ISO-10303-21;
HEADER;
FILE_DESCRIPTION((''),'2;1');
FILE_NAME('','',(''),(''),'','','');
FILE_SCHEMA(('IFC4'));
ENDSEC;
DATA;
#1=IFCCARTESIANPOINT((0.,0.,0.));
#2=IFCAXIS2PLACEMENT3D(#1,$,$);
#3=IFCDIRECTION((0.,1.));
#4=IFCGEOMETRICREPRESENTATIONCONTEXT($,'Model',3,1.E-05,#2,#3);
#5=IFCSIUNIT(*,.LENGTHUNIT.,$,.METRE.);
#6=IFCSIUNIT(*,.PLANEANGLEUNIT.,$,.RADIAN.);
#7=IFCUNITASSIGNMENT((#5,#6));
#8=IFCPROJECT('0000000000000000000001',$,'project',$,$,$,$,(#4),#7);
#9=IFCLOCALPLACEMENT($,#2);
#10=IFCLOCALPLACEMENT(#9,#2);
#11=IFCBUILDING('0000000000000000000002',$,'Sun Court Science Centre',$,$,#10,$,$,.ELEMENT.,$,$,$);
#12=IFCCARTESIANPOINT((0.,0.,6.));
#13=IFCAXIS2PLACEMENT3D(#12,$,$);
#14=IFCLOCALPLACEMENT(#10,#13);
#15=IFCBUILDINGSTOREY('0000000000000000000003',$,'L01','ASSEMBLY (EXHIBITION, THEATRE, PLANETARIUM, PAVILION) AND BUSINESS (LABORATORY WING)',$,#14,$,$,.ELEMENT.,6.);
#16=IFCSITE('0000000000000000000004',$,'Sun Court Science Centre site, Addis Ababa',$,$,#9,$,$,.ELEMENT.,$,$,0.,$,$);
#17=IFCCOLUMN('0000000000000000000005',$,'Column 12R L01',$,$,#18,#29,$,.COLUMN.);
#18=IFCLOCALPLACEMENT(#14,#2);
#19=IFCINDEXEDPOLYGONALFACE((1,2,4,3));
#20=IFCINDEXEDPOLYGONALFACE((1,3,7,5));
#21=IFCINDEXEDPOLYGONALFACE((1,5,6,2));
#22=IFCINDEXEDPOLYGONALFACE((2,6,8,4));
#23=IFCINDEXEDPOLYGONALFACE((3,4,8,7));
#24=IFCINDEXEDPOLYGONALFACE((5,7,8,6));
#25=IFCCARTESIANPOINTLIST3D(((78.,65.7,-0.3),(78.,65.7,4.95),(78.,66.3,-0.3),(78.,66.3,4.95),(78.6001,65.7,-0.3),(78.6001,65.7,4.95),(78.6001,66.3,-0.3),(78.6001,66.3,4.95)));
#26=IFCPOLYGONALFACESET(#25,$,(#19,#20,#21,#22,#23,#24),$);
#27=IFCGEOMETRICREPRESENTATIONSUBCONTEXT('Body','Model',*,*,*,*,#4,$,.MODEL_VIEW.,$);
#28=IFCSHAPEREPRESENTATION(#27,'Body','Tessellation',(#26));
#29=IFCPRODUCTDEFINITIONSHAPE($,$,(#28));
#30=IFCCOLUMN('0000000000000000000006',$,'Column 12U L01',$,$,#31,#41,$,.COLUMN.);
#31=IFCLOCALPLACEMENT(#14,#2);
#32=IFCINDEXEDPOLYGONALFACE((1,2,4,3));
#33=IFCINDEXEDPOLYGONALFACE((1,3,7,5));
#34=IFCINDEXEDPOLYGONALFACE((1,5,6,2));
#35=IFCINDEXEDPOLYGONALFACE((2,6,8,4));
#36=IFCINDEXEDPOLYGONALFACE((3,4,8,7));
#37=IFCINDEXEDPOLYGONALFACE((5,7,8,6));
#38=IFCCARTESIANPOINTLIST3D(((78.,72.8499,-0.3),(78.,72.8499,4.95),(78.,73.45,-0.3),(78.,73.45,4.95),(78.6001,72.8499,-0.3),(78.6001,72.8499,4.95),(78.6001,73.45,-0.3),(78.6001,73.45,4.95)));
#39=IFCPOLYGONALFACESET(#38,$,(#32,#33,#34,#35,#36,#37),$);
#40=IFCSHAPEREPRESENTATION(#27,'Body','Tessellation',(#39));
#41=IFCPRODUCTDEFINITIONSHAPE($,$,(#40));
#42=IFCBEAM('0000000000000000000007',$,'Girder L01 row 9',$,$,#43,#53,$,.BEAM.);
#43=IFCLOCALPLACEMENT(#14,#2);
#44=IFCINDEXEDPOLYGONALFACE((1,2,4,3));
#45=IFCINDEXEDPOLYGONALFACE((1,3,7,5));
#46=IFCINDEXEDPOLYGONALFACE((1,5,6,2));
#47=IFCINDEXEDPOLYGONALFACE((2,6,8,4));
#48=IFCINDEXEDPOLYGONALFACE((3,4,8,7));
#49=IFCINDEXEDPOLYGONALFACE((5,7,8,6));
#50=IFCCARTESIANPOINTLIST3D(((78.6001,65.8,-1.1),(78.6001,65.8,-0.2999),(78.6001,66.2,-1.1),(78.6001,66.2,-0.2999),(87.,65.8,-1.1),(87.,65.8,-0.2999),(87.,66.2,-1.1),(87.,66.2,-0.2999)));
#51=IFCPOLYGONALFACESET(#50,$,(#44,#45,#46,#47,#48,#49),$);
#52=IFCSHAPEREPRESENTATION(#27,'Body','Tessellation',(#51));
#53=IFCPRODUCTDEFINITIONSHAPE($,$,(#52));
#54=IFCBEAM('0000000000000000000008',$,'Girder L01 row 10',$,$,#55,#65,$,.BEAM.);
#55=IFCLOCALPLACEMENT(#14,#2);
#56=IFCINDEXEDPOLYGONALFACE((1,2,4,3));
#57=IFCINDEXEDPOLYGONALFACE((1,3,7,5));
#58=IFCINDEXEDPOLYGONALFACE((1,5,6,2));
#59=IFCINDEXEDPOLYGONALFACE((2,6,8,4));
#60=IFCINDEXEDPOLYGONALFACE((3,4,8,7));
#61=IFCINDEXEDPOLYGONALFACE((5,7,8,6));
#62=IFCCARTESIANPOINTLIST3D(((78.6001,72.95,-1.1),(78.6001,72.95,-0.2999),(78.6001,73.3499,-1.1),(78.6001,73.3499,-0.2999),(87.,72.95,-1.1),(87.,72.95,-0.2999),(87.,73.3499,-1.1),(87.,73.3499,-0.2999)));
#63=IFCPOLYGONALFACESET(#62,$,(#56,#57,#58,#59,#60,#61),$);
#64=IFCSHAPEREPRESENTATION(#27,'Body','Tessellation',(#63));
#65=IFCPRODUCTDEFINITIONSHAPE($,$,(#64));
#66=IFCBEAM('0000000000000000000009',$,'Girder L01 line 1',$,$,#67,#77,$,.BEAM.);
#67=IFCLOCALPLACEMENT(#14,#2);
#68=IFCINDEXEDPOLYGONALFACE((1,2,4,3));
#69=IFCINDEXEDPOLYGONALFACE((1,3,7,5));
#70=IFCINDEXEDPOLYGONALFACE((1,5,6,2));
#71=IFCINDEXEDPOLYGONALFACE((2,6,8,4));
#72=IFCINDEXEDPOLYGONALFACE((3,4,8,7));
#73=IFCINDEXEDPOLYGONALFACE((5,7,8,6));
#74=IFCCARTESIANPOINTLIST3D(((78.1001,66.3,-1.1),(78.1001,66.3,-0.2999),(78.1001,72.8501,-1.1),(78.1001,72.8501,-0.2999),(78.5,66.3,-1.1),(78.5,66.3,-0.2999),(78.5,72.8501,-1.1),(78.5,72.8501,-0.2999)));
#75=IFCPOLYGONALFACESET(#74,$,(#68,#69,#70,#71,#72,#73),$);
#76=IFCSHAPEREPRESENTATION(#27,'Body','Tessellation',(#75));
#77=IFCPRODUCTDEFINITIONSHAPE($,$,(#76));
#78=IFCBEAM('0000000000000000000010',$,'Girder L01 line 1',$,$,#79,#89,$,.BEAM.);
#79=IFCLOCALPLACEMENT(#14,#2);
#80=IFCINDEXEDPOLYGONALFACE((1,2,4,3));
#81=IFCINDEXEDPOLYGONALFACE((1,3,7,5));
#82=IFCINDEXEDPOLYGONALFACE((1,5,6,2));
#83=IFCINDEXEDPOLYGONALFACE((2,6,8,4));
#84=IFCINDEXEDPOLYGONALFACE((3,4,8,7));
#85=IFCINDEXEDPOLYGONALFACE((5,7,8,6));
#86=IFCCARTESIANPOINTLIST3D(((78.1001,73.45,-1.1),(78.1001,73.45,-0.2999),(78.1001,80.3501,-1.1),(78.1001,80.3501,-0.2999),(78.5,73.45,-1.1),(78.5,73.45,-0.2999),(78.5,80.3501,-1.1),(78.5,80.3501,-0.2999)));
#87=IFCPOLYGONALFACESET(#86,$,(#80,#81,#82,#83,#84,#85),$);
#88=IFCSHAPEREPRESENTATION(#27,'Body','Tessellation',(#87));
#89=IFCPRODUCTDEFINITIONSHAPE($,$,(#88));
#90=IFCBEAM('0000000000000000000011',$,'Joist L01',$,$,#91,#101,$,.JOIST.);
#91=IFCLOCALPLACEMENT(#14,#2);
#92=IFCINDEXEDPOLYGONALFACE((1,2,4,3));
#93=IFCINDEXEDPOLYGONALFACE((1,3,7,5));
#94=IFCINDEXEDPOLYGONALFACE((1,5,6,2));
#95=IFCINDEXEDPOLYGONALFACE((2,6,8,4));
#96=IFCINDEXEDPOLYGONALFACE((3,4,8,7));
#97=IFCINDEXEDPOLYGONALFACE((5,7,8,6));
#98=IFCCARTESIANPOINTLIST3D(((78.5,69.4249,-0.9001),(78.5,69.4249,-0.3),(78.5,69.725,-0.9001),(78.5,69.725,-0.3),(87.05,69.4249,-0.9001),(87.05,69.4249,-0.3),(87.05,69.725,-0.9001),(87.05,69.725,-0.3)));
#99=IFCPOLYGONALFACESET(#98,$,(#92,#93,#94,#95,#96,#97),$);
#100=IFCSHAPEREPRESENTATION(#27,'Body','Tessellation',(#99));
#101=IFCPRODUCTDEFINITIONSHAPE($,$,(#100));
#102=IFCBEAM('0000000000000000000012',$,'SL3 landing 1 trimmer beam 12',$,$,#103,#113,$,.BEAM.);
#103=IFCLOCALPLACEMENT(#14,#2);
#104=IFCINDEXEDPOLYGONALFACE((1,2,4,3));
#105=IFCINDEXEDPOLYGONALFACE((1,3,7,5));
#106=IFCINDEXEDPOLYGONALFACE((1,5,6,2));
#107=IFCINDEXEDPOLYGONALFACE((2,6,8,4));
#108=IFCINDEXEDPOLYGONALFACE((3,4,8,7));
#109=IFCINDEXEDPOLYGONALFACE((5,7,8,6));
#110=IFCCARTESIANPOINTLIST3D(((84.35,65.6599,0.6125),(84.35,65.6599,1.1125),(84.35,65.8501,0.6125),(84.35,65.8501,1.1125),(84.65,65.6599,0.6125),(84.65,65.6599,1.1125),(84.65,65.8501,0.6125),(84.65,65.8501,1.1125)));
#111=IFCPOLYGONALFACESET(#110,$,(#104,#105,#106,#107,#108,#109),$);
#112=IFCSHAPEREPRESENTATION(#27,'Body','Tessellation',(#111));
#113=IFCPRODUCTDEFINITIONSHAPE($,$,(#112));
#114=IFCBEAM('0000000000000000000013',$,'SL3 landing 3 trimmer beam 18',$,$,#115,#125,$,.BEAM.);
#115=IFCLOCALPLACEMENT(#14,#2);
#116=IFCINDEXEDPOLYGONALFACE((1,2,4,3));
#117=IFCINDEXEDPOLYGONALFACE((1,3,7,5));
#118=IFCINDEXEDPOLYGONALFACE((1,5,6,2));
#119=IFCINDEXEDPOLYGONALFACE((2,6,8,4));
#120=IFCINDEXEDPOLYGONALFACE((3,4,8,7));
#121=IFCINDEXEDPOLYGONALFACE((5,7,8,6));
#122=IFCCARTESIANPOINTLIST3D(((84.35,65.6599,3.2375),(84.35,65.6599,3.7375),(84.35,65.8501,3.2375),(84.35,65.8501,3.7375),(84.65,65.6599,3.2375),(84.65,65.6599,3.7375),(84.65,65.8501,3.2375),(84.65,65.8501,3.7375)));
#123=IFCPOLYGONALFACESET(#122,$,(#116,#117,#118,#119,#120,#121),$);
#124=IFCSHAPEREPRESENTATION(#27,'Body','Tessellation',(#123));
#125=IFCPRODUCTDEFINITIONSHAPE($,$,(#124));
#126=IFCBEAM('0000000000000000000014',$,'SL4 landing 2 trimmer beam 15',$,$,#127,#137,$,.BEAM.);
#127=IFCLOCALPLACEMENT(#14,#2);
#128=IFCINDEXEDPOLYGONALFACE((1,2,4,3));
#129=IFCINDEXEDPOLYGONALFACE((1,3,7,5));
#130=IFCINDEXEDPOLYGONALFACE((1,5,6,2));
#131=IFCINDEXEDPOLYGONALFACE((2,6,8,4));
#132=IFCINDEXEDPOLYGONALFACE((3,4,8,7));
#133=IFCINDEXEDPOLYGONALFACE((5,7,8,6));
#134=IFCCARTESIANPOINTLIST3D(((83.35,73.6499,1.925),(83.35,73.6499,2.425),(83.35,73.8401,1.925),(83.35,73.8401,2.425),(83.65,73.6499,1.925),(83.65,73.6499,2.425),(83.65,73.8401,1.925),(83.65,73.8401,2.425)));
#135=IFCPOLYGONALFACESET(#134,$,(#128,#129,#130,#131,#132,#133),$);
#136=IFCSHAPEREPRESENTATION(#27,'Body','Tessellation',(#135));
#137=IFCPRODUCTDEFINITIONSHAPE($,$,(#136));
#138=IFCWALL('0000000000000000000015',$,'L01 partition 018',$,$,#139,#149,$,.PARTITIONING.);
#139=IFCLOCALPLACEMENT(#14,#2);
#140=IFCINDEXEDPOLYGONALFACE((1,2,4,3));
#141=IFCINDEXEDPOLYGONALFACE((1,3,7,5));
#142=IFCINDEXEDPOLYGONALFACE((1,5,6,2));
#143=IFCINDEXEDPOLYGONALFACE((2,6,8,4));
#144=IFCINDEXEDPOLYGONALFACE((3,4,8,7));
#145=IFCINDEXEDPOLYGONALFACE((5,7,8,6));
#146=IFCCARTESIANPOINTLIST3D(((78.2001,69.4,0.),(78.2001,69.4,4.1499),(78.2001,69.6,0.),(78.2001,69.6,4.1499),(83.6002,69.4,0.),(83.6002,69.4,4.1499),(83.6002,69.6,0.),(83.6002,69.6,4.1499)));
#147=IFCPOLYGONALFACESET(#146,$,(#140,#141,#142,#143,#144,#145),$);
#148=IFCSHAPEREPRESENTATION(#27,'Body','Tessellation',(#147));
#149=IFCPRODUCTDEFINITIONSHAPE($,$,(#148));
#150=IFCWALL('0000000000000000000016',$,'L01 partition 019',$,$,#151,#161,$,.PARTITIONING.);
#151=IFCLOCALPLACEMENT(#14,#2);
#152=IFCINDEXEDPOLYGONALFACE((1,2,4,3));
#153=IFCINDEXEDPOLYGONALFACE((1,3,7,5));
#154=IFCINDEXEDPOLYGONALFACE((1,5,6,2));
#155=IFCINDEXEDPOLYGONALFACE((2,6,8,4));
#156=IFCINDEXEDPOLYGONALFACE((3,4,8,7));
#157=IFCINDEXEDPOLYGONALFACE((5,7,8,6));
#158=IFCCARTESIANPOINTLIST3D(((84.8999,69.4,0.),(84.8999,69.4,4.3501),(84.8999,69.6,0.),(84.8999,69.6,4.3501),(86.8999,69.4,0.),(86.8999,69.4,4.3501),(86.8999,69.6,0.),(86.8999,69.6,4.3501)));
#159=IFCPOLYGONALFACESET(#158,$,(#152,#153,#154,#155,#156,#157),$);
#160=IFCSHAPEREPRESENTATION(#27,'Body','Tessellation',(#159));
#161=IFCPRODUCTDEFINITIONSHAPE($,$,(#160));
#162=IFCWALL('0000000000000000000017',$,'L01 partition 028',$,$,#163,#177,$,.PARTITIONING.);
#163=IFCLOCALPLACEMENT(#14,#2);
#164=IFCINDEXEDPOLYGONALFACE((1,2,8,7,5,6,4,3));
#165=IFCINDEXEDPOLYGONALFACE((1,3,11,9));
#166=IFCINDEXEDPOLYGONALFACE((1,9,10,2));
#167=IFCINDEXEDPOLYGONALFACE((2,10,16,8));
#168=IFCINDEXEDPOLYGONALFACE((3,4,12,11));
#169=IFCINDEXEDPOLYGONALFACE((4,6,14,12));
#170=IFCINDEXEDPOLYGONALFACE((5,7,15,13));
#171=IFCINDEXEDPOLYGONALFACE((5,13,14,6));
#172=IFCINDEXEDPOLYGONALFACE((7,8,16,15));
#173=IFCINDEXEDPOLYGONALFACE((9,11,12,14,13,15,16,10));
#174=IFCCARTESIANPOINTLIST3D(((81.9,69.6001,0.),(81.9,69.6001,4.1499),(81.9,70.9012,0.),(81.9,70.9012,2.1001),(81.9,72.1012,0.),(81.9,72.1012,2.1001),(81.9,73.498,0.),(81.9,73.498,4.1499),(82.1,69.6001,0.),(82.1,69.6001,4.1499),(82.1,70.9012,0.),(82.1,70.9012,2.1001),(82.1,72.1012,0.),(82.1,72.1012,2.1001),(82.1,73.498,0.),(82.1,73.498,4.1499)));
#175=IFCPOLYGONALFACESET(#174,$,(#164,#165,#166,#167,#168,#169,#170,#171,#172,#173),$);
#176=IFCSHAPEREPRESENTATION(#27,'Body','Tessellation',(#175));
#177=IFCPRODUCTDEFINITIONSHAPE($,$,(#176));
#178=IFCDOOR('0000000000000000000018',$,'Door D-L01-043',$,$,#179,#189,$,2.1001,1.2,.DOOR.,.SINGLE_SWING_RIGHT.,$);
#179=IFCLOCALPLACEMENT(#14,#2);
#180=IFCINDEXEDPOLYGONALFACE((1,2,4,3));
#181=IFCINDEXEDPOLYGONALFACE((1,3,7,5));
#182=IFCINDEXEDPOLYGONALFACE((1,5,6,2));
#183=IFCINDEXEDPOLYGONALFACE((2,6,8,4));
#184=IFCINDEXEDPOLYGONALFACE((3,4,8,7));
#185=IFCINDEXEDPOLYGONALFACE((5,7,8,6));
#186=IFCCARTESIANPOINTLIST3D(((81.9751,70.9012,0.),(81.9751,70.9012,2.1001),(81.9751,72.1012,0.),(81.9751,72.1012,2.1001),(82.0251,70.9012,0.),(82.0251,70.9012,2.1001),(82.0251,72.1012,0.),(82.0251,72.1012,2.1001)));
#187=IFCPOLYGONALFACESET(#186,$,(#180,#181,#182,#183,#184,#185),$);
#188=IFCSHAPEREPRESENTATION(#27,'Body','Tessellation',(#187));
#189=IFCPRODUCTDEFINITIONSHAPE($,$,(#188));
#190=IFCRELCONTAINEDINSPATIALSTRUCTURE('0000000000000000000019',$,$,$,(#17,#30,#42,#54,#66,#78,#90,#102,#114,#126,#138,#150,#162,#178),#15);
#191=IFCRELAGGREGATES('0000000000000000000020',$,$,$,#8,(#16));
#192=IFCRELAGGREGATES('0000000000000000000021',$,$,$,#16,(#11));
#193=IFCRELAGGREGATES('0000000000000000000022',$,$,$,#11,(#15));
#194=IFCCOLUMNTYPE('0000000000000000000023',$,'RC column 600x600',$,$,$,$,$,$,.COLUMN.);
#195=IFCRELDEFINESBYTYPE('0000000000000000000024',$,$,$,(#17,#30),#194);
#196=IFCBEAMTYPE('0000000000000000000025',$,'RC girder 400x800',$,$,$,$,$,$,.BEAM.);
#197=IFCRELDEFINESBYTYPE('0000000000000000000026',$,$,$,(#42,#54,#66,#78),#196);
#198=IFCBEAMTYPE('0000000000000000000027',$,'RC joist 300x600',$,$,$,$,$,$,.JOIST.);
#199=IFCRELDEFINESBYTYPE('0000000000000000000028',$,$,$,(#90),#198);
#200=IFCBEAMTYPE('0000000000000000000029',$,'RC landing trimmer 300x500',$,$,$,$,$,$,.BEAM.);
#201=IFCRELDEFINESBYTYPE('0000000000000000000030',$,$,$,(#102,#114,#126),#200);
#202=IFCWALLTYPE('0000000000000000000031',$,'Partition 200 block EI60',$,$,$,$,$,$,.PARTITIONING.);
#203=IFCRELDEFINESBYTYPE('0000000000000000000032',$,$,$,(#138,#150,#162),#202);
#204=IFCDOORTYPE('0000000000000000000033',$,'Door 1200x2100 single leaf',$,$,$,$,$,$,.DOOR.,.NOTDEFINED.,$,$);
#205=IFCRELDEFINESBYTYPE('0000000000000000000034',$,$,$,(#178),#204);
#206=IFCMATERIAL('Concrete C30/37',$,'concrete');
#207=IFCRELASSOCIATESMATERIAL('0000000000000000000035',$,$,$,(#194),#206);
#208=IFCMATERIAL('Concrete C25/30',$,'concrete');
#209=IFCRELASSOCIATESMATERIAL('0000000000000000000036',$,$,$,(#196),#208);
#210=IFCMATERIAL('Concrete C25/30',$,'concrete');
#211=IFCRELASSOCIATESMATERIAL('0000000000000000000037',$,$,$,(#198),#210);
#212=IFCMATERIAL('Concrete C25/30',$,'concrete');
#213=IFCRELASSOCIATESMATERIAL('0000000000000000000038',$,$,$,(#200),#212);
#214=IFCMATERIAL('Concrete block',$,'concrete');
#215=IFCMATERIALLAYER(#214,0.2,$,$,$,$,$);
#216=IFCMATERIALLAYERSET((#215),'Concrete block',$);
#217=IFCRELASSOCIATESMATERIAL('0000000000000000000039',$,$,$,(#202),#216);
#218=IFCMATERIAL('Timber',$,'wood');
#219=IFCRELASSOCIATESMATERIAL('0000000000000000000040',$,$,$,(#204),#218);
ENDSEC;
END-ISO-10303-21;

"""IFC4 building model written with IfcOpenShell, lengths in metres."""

from ifc_helpers import new_model, si_unit, direction, frame, frame_2d, origin, origin_2d, place, context, subcontext, project, spatial, rectangle, extrude, material, layer, layer_set, material_profile, profile_set, type_object, element, fill, save


model = new_model("IFC4")

# Units and contexts
model_context = context("Model", 3, precision=1e-05, world=origin(), true_north=direction((0.0, 1.0)))
body_context = subcontext(model_context, "Body", "Model", "MODEL_VIEW")
ifc_project = project(units=[si_unit("LENGTHUNIT", "METRE"), si_unit("PLANEANGLEUNIT", "RADIAN")], contexts=[model_context])

# Site, building, storey
site_placement = place(None, origin())
site = spatial("IfcSite", under=ifc_project, at=site_placement, Name="Sun Court Science Centre site, Addis Ababa", CompositionType="ELEMENT", RefElevation=0.0)
building_placement = place(site_placement, origin())
building = spatial("IfcBuilding", under=site, at=building_placement, Name="Sun Court Science Centre", CompositionType="ELEMENT")
storey_placement = place(building_placement, frame((0.0, 0.0, 6.0)))
storey = spatial("IfcBuildingStorey", under=building, at=storey_placement, Name="L01", Description="ASSEMBLY (EXHIBITION, THEATRE, PLANETARIUM, PAVILION) AND BUSINESS (LABORATORY WING)", CompositionType="ELEMENT", Elevation=6.0)

# Columns
ifc_material_1 = material(Name="Concrete C30/37", Category="concrete")
ifc_material_profile_1 = material_profile(ifc_material_1, rectangle(XDim=0.6001, YDim=0.6001, at=origin_2d()), Name="RC 600x600")
ifc_profile_set_1 = profile_set([ifc_material_profile_1], Name="Concrete C30/37")
column_type = type_object("IfcColumnType", Name="RC column 600x600", PredefinedType="COLUMN", material=ifc_profile_set_1)
for number, where, z_axis, x_axis, name in (
    (1, (78.3, 66.0, -0.3), (0.0, 0.0, 1.0), (1.0, 0.0, 0.0), "Column 12R L01"),
    (2, (78.3, 73.1499, -0.3), (0.0, 0.0, 1.0), (1.0, 0.0, 0.0), "Column 12U L01"),
):
    element("IfcColumn", number, at=place(storey_placement, frame(where, z_axis=z_axis, x_axis=x_axis)), inside=storey, type_object=column_type, Name=name, PredefinedType="COLUMN", context=body_context, shape_type="SweptSolid", body=[
        extrude(rectangle(XDim=0.6001, YDim=0.6001, at=origin_2d()), origin(), (0.0, 0.0, 1.0), 5.25),
    ])

# Beams
ifc_material_2 = material(Name="Concrete C25/30", Category="concrete")
ifc_material_profile_2 = material_profile(ifc_material_2, rectangle(XDim=0.3999, YDim=0.8, at=origin_2d()), Name="RC 400x800")
ifc_profile_set_2 = profile_set([ifc_material_profile_2], Name="Concrete C25/30")
beam_type_1 = type_object("IfcBeamType", Name="RC girder 400x800", PredefinedType="BEAM", material=ifc_profile_set_2)
for number, where, z_axis, x_axis, name in (
    (3, (78.6001, 66.0, -0.7), (1.0, 0.0, 0.0), (0.0, 1.0, 0.0), "Girder L01 row 9"),
    (4, (78.6001, 73.1499, -0.7), (1.0, 0.0, 0.0), (0.0, 1.0, 0.0), "Girder L01 row 10"),
):
    element("IfcBeam", number, at=place(storey_placement, frame(where, z_axis=z_axis, x_axis=x_axis)), inside=storey, type_object=beam_type_1, Name=name, PredefinedType="BEAM", context=body_context, shape_type="SweptSolid", body=[
        extrude(rectangle(XDim=0.3999, YDim=0.8, at=origin_2d()), origin(), (0.0, 0.0, 1.0), 8.3999),
    ])
beam_1_placement = place(storey_placement, frame((78.3, 66.3, -0.7), z_axis=(0.0, 1.0, 0.0), x_axis=(-1.0, 0.0, 0.0)))
element("IfcBeam", 5, at=beam_1_placement, inside=storey, type_object=beam_type_1, Name="Girder L01 line 1", PredefinedType="BEAM", context=body_context, shape_type="SweptSolid", body=[
    extrude(rectangle(XDim=0.3999, YDim=0.8, at=origin_2d()), origin(), (0.0, 0.0, 1.0), 6.55),
])
beam_2_placement = place(storey_placement, frame((78.3, 73.45, -0.7), z_axis=(0.0, 1.0, 0.0), x_axis=(-1.0, 0.0, 0.0)))
element("IfcBeam", 6, at=beam_2_placement, inside=storey, type_object=beam_type_1, Name="Girder L01 line 1", PredefinedType="BEAM", context=body_context, shape_type="SweptSolid", body=[
    extrude(rectangle(XDim=0.3999, YDim=0.8, at=origin_2d()), origin(), (0.0, 0.0, 1.0), 6.9001),
])
ifc_material_3 = material(Name="Concrete C25/30", Category="concrete")
ifc_material_profile_3 = material_profile(ifc_material_3, rectangle(XDim=0.3, YDim=0.6001, at=origin_2d()), Name="RC 300x600")
ifc_profile_set_3 = profile_set([ifc_material_profile_3], Name="Concrete C25/30")
beam_type_2 = type_object("IfcBeamType", Name="RC joist 300x600", PredefinedType="JOIST", material=ifc_profile_set_3)
beam_3_placement = place(storey_placement, frame((78.5, 69.575, -0.6001), z_axis=(1.0, 0.0, 0.0), x_axis=(0.0, 1.0, 0.0)))
element("IfcBeam", 7, at=beam_3_placement, inside=storey, type_object=beam_type_2, Name="Joist L01", PredefinedType="JOIST", context=body_context, shape_type="SweptSolid", body=[
    extrude(rectangle(XDim=0.3, YDim=0.6001, at=origin_2d()), origin(), (0.0, 0.0, 1.0), 8.55),
])
ifc_material_4 = material(Name="Concrete C25/30", Category="concrete")
ifc_material_profile_4 = material_profile(ifc_material_4, rectangle(XDim=0.3, YDim=0.5, at=origin_2d()), Name="RC 300x500")
ifc_profile_set_4 = profile_set([ifc_material_profile_4], Name="Concrete C25/30")
beam_type_3 = type_object("IfcBeamType", Name="RC landing trimmer 300x500", PredefinedType="BEAM", material=ifc_profile_set_4)
for number, where, z_axis, x_axis, name in (
    (8, (84.5, 65.8501, 0.8625), (0.0, -1.0, 0.0), (1.0, 0.0, 0.0), "SL3 landing 1 trimmer beam 12"),
    (9, (84.5, 65.8501, 3.4875), (0.0, -1.0, 0.0), (1.0, 0.0, 0.0), "SL3 landing 3 trimmer beam 18"),
    (10, (83.5, 73.6499, 2.175), (0.0, 1.0, 0.0), (-1.0, 0.0, 0.0), "SL4 landing 2 trimmer beam 15"),
):
    element("IfcBeam", number, at=place(storey_placement, frame(where, z_axis=z_axis, x_axis=x_axis)), inside=storey, type_object=beam_type_3, Name=name, PredefinedType="BEAM", context=body_context, shape_type="SweptSolid", body=[
        extrude(rectangle(XDim=0.3, YDim=0.5, at=origin_2d()), origin(), (0.0, 0.0, 1.0), 0.1902),
    ])

# Walls
ifc_material_5 = material(Name="Concrete block", Category="concrete")
ifc_layer_1 = layer(ifc_material_5, 0.2)
ifc_layer_set_1 = layer_set([ifc_layer_1], Name="Concrete block")
wall_type_1 = type_object("IfcWallType", Name="Partition 200 block EI60", PredefinedType="PARTITIONING", material=ifc_layer_set_1)
wall_1_placement = place(storey_placement, frame((78.2, 69.5, 0.0), z_axis=(0.0, 0.0, 1.0), x_axis=(1.0, 0.0, 0.0)))
element("IfcWall", 11, at=wall_1_placement, inside=storey, type_object=wall_type_1, Name="L01 partition 018", PredefinedType="PARTITIONING", context=body_context, shape_type="SweptSolid", body=[
    extrude(rectangle(XDim=5.4001, YDim=0.2, at=frame_2d((2.7002, 0.0))), origin(), (0.0, 0.0, 1.0), 4.1499),
])
wall_2_placement = place(storey_placement, frame((84.8999, 69.5, 0.0), z_axis=(0.0, 0.0, 1.0), x_axis=(1.0, 0.0, 0.0)))
element("IfcWall", 12, at=wall_2_placement, inside=storey, type_object=wall_type_1, Name="L01 partition 019", PredefinedType="PARTITIONING", context=body_context, shape_type="SweptSolid", body=[
    extrude(rectangle(XDim=2.0, YDim=0.2, at=frame_2d((1.0, 0.0))), origin(), (0.0, 0.0, 1.0), 4.3501),
])

# Wall, opening, door
wall_3_placement = place(storey_placement, frame((82.0, 69.6001, 0.0), z_axis=(0.0, 0.0, 1.0), x_axis=(0.0, 1.0, 0.0)))
wall_3 = element("IfcWall", 13, at=wall_3_placement, inside=storey, type_object=wall_type_1, Name="L01 partition 028", PredefinedType="PARTITIONING", context=body_context, shape_type="SweptSolid", body=[
    extrude(rectangle(XDim=3.8979, YDim=0.2, at=frame_2d((1.949, 0.0))), origin(), (0.0, 0.0, 1.0), 4.1499),
])
opening_1_placement = place(wall_3_placement, frame((1.301, 0.0, 0.0)))
opening_1 = element("IfcOpeningElement", 14, at=opening_1_placement, cuts=wall_3, PredefinedType="OPENING", context=body_context, shape_type="SweptSolid", body=[
    extrude(rectangle(XDim=1.2, YDim=2.1001, at=frame_2d((0.6001, 1.05))), frame((0.0, 0.1099, 0.0), z_axis=(0.0, -1.0, 0.0), x_axis=(1.0, 0.0, 0.0)), (0.0, 0.0, 1.0), 0.22),
])
ifc_material_6 = material(Name="Timber", Category="wood")
door_type_1 = type_object("IfcDoorType", Name="Door 1200x2100 single leaf", OperationType="NOTDEFINED", PredefinedType="DOOR", material=ifc_material_6)
door_1_placement = place(opening_1_placement, origin())
door_1 = element("IfcDoor", 15, at=door_1_placement, inside=storey, type_object=door_type_1, Name="Door D-L01-043", OperationType="SINGLE_SWING_RIGHT", OverallHeight=2.1001, OverallWidth=1.2, PredefinedType="DOOR", context=body_context, shape_type="SweptSolid", body=[
    extrude(rectangle(XDim=1.2, YDim=2.1001, at=frame_2d((0.6001, 1.05))), frame((0.0, 0.0249, 0.0), z_axis=(0.0, -1.0, 0.0), x_axis=(1.0, 0.0, 0.0)), (0.0, 0.0, 1.0), 0.05),
])
fill(opening_1, door_1)

save(model, "model.ifc")
